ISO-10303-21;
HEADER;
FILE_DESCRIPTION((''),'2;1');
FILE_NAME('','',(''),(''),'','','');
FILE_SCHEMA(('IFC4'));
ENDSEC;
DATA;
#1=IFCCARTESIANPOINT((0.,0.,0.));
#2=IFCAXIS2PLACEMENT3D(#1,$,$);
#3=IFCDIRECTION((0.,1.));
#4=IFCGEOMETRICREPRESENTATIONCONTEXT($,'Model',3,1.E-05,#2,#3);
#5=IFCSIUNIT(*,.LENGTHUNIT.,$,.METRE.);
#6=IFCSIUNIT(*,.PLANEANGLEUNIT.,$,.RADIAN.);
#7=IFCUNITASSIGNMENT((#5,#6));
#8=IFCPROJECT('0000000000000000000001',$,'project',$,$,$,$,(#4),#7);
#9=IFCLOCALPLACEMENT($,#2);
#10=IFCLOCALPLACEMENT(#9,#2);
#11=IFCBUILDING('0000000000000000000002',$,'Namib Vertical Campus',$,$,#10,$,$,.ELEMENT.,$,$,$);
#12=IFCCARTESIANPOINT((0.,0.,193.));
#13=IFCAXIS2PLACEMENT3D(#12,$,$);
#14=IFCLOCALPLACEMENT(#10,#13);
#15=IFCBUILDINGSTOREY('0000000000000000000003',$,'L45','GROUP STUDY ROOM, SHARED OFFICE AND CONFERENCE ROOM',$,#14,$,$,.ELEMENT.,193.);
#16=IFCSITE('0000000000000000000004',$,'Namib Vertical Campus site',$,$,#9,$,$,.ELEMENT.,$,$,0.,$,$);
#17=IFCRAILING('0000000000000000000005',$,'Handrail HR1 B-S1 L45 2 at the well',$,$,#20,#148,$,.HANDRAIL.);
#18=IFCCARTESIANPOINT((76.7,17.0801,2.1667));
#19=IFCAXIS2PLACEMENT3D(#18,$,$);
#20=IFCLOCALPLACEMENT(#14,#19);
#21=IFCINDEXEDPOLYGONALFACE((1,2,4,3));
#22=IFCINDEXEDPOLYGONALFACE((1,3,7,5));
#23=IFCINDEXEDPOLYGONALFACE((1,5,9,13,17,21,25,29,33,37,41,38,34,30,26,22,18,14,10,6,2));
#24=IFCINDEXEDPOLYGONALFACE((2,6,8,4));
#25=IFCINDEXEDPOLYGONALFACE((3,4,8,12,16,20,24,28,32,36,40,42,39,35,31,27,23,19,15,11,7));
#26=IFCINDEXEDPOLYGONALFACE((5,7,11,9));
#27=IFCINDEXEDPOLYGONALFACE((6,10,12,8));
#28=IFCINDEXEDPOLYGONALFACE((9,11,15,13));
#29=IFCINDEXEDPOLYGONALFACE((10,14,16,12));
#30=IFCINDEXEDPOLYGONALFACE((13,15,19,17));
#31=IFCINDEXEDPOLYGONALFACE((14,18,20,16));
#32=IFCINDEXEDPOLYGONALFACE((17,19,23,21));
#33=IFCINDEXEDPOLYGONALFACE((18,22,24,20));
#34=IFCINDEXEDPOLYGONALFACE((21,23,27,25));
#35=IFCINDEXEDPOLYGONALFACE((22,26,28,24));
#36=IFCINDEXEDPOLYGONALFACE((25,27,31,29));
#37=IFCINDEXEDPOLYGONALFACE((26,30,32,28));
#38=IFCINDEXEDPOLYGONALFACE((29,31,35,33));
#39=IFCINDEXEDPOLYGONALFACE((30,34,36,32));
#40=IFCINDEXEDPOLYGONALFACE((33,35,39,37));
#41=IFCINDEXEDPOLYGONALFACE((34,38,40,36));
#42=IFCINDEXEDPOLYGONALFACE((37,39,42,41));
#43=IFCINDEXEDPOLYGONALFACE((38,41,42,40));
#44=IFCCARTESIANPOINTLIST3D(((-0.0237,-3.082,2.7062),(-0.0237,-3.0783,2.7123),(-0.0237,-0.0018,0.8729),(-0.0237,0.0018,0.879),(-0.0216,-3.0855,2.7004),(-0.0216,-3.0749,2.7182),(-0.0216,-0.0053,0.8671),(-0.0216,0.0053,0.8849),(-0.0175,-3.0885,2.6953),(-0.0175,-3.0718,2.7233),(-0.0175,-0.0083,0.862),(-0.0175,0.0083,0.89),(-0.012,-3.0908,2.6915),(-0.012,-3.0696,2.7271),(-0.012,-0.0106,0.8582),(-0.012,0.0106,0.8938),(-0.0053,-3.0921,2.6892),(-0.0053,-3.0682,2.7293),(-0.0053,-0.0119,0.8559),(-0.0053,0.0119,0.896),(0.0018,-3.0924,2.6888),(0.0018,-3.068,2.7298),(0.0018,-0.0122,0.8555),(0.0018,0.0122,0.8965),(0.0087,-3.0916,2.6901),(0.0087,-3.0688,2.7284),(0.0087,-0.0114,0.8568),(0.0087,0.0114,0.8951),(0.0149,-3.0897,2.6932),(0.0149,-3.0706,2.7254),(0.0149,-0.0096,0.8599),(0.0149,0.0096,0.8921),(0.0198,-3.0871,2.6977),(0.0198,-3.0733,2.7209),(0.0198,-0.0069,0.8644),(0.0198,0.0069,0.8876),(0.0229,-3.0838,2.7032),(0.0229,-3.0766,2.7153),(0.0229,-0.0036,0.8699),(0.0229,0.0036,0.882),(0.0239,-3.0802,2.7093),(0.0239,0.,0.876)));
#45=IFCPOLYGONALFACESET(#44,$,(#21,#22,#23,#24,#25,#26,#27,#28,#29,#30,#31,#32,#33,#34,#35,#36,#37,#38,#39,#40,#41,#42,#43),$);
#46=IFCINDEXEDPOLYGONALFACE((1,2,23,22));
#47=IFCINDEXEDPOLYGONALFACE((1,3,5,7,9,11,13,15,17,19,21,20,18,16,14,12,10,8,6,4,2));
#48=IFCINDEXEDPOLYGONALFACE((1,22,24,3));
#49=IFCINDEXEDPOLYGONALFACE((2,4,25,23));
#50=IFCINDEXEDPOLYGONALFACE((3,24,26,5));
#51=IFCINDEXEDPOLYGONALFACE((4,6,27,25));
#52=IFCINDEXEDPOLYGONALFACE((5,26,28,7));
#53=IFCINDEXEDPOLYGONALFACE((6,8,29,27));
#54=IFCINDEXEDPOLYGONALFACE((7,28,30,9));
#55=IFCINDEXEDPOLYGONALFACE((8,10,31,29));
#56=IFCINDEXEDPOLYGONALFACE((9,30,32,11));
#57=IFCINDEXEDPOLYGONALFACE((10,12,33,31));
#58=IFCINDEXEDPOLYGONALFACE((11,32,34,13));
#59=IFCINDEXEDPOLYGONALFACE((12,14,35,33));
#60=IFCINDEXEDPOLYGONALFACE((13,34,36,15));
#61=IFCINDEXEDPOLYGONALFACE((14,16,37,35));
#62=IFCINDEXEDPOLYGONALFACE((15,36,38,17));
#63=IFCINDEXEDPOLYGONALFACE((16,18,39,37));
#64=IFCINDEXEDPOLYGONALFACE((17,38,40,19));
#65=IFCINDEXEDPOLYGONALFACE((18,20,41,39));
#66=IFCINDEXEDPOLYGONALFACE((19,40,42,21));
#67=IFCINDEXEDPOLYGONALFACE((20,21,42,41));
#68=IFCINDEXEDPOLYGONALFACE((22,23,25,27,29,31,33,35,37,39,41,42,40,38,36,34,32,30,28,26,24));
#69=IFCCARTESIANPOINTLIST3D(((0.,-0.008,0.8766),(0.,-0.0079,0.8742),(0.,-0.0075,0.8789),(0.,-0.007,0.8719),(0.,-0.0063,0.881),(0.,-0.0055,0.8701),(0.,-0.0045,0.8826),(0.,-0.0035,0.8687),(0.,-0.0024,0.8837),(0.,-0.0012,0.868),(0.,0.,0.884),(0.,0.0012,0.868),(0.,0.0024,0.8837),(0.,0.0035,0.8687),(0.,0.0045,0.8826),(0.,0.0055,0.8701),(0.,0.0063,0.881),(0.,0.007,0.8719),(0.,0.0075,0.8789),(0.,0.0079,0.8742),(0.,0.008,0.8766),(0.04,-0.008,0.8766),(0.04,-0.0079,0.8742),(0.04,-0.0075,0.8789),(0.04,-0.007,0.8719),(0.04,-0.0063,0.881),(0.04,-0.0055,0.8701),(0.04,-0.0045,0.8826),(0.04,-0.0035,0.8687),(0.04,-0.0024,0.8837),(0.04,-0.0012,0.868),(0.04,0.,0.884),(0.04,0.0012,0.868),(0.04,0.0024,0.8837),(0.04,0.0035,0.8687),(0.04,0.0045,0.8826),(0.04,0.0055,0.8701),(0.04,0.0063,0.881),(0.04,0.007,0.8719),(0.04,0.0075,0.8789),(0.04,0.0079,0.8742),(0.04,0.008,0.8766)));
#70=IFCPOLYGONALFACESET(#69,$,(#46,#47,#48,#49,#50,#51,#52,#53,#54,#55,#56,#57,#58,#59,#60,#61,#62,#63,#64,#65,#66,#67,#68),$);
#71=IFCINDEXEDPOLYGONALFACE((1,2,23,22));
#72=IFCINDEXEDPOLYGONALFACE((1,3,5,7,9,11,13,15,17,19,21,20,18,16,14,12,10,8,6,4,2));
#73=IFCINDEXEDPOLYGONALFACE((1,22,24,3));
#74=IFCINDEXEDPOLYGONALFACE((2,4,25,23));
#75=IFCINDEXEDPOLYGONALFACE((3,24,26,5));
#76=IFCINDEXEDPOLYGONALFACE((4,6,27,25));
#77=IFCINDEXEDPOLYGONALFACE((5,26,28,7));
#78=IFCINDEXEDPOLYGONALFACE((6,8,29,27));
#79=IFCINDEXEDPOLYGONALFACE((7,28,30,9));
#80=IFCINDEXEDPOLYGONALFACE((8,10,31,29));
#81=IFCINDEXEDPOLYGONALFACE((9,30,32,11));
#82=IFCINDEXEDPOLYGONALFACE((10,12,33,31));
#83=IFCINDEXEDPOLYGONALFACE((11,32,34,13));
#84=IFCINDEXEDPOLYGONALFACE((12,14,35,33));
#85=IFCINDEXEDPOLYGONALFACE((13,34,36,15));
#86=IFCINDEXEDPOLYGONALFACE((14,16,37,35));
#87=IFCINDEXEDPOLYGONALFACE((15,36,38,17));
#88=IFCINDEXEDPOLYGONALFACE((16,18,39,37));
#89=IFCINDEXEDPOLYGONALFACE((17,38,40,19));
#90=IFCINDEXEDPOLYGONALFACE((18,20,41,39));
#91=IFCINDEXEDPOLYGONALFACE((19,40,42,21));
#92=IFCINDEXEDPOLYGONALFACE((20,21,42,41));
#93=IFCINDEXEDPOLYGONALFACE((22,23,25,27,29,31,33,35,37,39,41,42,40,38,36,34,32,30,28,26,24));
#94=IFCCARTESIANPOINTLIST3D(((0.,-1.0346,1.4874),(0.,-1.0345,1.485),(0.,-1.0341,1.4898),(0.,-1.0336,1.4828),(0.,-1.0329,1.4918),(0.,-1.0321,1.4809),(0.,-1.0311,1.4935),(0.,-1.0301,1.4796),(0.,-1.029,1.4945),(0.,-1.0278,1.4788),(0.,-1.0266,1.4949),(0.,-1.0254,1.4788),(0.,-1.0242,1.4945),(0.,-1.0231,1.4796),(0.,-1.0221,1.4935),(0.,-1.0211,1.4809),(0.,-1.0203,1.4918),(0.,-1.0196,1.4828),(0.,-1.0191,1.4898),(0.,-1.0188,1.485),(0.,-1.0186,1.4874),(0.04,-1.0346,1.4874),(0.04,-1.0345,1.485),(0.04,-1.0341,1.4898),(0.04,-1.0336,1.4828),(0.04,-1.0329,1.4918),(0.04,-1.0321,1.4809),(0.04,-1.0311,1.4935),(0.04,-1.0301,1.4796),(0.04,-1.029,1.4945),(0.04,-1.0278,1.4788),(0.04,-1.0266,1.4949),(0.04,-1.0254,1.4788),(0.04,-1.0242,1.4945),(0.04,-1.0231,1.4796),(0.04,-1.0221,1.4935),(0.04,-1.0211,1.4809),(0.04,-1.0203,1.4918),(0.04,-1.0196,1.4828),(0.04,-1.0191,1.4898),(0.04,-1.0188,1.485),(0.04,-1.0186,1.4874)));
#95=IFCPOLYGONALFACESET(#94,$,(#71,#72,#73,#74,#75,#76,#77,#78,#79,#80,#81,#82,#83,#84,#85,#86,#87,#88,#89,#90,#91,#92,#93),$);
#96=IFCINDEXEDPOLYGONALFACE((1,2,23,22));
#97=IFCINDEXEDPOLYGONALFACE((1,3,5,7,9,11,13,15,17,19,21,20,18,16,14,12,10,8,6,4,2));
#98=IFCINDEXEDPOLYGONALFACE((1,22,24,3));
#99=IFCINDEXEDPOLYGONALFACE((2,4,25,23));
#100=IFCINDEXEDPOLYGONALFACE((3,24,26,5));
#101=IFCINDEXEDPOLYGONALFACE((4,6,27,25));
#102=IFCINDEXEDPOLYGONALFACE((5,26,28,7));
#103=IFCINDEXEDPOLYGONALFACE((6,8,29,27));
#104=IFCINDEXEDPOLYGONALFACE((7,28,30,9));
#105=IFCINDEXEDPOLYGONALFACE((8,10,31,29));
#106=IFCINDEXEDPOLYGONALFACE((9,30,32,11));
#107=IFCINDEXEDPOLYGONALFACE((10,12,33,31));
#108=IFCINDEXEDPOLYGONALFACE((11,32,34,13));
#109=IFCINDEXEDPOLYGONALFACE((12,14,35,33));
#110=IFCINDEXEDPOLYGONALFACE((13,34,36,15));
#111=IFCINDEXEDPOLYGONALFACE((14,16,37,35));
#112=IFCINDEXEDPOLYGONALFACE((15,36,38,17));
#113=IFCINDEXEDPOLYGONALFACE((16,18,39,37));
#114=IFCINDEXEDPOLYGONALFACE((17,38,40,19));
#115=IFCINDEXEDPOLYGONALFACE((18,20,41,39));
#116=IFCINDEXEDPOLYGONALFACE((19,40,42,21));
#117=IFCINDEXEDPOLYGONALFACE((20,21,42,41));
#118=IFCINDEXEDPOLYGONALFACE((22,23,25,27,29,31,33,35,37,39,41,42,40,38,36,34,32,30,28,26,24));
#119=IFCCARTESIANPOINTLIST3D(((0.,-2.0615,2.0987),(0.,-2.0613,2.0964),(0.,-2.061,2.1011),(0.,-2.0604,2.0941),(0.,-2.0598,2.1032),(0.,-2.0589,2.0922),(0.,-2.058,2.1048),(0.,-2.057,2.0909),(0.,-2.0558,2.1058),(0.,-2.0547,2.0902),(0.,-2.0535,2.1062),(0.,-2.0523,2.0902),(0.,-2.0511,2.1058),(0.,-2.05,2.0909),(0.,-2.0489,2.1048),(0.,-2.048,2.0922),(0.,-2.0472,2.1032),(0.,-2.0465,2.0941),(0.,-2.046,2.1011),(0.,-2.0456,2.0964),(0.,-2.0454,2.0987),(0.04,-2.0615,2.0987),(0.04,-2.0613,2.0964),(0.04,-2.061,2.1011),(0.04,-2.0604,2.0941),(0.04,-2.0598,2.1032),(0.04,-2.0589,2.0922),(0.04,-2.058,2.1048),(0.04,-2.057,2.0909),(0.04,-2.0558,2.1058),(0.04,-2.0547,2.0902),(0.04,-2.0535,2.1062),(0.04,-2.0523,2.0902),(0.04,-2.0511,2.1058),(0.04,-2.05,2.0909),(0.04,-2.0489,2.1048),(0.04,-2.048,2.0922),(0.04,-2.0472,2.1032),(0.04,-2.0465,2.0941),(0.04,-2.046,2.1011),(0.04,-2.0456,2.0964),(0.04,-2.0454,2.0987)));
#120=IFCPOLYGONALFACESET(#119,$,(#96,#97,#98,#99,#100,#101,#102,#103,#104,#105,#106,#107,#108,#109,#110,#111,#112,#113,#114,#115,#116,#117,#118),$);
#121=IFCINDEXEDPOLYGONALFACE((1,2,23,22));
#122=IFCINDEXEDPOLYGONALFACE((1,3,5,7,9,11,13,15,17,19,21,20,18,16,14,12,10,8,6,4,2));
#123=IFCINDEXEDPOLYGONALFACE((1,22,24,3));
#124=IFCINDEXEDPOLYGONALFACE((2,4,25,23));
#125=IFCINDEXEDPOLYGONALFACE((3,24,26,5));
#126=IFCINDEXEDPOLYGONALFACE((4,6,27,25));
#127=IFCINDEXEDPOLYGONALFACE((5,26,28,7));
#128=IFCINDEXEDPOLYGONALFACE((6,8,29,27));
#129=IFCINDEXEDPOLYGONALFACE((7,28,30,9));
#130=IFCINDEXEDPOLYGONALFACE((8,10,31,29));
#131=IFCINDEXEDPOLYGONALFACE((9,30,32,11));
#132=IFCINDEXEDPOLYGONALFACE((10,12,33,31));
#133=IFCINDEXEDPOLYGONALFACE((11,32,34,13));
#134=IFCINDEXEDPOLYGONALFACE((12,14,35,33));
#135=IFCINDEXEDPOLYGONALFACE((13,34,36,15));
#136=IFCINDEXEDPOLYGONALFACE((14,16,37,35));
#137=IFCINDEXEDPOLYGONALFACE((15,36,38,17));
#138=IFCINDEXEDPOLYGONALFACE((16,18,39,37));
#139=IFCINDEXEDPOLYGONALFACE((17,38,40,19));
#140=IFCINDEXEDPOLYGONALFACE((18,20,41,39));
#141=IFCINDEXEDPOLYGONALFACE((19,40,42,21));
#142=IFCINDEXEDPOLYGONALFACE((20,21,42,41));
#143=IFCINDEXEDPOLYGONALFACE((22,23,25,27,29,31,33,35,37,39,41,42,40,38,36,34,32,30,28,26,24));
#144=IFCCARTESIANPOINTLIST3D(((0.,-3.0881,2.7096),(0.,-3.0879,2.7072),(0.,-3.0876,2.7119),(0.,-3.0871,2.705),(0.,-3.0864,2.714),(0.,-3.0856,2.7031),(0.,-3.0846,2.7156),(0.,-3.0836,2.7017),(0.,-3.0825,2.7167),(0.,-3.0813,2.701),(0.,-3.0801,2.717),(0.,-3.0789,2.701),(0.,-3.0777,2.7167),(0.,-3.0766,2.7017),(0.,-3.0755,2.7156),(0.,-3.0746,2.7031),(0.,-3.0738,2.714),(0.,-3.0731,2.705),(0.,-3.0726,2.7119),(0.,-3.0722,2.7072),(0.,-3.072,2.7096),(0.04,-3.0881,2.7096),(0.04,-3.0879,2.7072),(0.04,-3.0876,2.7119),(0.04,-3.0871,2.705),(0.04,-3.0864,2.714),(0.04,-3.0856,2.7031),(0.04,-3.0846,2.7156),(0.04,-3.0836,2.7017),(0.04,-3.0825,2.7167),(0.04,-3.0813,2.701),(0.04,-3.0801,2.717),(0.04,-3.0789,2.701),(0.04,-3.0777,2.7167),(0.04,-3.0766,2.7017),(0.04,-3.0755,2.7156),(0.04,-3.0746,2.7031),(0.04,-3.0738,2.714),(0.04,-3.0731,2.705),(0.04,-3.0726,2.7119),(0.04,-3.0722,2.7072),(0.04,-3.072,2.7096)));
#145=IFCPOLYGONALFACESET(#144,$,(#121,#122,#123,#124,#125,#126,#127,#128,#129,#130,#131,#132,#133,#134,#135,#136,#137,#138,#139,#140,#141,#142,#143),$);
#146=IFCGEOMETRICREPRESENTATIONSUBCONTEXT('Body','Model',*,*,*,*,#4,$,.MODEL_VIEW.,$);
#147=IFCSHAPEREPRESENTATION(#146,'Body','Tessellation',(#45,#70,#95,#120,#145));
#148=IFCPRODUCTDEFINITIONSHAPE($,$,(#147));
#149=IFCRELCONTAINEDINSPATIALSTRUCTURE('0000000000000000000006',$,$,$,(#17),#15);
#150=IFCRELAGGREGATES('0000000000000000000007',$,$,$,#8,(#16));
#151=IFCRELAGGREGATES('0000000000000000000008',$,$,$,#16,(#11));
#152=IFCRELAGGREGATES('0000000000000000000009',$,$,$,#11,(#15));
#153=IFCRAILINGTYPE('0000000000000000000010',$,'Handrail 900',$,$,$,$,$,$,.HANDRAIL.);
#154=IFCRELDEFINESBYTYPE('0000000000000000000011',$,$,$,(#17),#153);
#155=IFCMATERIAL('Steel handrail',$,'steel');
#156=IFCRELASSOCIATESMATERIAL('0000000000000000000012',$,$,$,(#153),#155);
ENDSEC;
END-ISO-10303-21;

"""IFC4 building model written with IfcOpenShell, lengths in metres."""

from ifc_helpers import new_model, si_unit, direction, frame, origin, origin_2d, place, context, subcontext, project, spatial, circle, extrude, material, type_object, element, save


model = new_model("IFC4")

# Units and contexts
model_context = context("Model", 3, precision=1e-05, world=origin(), true_north=direction((0.0, 1.0)))
body_context = subcontext(model_context, "Body", "Model", "MODEL_VIEW")
ifc_project = project(units=[si_unit("LENGTHUNIT", "METRE"), si_unit("PLANEANGLEUNIT", "RADIAN")], contexts=[model_context])

# Site, building, storey
site_placement = place(None, origin())
site = spatial("IfcSite", under=ifc_project, at=site_placement, Name="Namib Vertical Campus site", CompositionType="ELEMENT", RefElevation=0.0)
building_placement = place(site_placement, origin())
building = spatial("IfcBuilding", under=site, at=building_placement, Name="Namib Vertical Campus", CompositionType="ELEMENT")
storey_placement = place(building_placement, frame((0.0, 0.0, 193.0)))
storey = spatial("IfcBuildingStorey", under=building, at=storey_placement, Name="L45", Description="GROUP STUDY ROOM, SHARED OFFICE AND CONFERENCE ROOM", CompositionType="ELEMENT", Elevation=193.0)

# Railing
ifc_material_1 = material(Name="Steel handrail", Category="steel")
railing_type_1 = type_object("IfcRailingType", Name="Handrail 900", PredefinedType="HANDRAIL", material=ifc_material_1)
railing_1_placement = place(storey_placement, frame((76.7, 17.0801, 2.1667)))
element("IfcRailing", 1, at=railing_1_placement, inside=storey, type_object=railing_type_1, Name="Handrail HR1 B-S1 L45 2 at the well", PredefinedType="HANDRAIL", context=body_context, shape_type="SweptSolid", body=[
    extrude(circle(Radius=0.0239, at=origin_2d()), frame((0.0, 0.0, 0.876), z_axis=(0.0, -0.859309, 0.511458), x_axis=(1.0, 0.0, 0.0)), (0.0, 0.0, 1.0), 3.5845),
    extrude(circle(Radius=0.0081, at=origin_2d()), frame((0.0, 0.0, 0.876), z_axis=(1.0, 0.0, 0.0), x_axis=(0.0, 0.0, 1.0)), (0.0, 0.0, 1.0), 0.04),
    extrude(circle(Radius=0.0081, at=origin_2d()), frame((0.0, -1.0266, 1.4868), z_axis=(1.0, 0.0, 0.0), x_axis=(0.0, 0.0, 1.0)), (0.0, 0.0, 1.0), 0.04),
    extrude(circle(Radius=0.0081, at=origin_2d()), frame((0.0, -2.0535, 2.0981), z_axis=(1.0, 0.0, 0.0), x_axis=(0.0, 0.0, 1.0)), (0.0, 0.0, 1.0), 0.04),
    extrude(circle(Radius=0.0081, at=origin_2d()), frame((0.0, -3.0801, 2.709), z_axis=(1.0, 0.0, 0.0), x_axis=(0.0, 0.0, 1.0)), (0.0, 0.0, 1.0), 0.04),
])

save(model, "model.ifc")
